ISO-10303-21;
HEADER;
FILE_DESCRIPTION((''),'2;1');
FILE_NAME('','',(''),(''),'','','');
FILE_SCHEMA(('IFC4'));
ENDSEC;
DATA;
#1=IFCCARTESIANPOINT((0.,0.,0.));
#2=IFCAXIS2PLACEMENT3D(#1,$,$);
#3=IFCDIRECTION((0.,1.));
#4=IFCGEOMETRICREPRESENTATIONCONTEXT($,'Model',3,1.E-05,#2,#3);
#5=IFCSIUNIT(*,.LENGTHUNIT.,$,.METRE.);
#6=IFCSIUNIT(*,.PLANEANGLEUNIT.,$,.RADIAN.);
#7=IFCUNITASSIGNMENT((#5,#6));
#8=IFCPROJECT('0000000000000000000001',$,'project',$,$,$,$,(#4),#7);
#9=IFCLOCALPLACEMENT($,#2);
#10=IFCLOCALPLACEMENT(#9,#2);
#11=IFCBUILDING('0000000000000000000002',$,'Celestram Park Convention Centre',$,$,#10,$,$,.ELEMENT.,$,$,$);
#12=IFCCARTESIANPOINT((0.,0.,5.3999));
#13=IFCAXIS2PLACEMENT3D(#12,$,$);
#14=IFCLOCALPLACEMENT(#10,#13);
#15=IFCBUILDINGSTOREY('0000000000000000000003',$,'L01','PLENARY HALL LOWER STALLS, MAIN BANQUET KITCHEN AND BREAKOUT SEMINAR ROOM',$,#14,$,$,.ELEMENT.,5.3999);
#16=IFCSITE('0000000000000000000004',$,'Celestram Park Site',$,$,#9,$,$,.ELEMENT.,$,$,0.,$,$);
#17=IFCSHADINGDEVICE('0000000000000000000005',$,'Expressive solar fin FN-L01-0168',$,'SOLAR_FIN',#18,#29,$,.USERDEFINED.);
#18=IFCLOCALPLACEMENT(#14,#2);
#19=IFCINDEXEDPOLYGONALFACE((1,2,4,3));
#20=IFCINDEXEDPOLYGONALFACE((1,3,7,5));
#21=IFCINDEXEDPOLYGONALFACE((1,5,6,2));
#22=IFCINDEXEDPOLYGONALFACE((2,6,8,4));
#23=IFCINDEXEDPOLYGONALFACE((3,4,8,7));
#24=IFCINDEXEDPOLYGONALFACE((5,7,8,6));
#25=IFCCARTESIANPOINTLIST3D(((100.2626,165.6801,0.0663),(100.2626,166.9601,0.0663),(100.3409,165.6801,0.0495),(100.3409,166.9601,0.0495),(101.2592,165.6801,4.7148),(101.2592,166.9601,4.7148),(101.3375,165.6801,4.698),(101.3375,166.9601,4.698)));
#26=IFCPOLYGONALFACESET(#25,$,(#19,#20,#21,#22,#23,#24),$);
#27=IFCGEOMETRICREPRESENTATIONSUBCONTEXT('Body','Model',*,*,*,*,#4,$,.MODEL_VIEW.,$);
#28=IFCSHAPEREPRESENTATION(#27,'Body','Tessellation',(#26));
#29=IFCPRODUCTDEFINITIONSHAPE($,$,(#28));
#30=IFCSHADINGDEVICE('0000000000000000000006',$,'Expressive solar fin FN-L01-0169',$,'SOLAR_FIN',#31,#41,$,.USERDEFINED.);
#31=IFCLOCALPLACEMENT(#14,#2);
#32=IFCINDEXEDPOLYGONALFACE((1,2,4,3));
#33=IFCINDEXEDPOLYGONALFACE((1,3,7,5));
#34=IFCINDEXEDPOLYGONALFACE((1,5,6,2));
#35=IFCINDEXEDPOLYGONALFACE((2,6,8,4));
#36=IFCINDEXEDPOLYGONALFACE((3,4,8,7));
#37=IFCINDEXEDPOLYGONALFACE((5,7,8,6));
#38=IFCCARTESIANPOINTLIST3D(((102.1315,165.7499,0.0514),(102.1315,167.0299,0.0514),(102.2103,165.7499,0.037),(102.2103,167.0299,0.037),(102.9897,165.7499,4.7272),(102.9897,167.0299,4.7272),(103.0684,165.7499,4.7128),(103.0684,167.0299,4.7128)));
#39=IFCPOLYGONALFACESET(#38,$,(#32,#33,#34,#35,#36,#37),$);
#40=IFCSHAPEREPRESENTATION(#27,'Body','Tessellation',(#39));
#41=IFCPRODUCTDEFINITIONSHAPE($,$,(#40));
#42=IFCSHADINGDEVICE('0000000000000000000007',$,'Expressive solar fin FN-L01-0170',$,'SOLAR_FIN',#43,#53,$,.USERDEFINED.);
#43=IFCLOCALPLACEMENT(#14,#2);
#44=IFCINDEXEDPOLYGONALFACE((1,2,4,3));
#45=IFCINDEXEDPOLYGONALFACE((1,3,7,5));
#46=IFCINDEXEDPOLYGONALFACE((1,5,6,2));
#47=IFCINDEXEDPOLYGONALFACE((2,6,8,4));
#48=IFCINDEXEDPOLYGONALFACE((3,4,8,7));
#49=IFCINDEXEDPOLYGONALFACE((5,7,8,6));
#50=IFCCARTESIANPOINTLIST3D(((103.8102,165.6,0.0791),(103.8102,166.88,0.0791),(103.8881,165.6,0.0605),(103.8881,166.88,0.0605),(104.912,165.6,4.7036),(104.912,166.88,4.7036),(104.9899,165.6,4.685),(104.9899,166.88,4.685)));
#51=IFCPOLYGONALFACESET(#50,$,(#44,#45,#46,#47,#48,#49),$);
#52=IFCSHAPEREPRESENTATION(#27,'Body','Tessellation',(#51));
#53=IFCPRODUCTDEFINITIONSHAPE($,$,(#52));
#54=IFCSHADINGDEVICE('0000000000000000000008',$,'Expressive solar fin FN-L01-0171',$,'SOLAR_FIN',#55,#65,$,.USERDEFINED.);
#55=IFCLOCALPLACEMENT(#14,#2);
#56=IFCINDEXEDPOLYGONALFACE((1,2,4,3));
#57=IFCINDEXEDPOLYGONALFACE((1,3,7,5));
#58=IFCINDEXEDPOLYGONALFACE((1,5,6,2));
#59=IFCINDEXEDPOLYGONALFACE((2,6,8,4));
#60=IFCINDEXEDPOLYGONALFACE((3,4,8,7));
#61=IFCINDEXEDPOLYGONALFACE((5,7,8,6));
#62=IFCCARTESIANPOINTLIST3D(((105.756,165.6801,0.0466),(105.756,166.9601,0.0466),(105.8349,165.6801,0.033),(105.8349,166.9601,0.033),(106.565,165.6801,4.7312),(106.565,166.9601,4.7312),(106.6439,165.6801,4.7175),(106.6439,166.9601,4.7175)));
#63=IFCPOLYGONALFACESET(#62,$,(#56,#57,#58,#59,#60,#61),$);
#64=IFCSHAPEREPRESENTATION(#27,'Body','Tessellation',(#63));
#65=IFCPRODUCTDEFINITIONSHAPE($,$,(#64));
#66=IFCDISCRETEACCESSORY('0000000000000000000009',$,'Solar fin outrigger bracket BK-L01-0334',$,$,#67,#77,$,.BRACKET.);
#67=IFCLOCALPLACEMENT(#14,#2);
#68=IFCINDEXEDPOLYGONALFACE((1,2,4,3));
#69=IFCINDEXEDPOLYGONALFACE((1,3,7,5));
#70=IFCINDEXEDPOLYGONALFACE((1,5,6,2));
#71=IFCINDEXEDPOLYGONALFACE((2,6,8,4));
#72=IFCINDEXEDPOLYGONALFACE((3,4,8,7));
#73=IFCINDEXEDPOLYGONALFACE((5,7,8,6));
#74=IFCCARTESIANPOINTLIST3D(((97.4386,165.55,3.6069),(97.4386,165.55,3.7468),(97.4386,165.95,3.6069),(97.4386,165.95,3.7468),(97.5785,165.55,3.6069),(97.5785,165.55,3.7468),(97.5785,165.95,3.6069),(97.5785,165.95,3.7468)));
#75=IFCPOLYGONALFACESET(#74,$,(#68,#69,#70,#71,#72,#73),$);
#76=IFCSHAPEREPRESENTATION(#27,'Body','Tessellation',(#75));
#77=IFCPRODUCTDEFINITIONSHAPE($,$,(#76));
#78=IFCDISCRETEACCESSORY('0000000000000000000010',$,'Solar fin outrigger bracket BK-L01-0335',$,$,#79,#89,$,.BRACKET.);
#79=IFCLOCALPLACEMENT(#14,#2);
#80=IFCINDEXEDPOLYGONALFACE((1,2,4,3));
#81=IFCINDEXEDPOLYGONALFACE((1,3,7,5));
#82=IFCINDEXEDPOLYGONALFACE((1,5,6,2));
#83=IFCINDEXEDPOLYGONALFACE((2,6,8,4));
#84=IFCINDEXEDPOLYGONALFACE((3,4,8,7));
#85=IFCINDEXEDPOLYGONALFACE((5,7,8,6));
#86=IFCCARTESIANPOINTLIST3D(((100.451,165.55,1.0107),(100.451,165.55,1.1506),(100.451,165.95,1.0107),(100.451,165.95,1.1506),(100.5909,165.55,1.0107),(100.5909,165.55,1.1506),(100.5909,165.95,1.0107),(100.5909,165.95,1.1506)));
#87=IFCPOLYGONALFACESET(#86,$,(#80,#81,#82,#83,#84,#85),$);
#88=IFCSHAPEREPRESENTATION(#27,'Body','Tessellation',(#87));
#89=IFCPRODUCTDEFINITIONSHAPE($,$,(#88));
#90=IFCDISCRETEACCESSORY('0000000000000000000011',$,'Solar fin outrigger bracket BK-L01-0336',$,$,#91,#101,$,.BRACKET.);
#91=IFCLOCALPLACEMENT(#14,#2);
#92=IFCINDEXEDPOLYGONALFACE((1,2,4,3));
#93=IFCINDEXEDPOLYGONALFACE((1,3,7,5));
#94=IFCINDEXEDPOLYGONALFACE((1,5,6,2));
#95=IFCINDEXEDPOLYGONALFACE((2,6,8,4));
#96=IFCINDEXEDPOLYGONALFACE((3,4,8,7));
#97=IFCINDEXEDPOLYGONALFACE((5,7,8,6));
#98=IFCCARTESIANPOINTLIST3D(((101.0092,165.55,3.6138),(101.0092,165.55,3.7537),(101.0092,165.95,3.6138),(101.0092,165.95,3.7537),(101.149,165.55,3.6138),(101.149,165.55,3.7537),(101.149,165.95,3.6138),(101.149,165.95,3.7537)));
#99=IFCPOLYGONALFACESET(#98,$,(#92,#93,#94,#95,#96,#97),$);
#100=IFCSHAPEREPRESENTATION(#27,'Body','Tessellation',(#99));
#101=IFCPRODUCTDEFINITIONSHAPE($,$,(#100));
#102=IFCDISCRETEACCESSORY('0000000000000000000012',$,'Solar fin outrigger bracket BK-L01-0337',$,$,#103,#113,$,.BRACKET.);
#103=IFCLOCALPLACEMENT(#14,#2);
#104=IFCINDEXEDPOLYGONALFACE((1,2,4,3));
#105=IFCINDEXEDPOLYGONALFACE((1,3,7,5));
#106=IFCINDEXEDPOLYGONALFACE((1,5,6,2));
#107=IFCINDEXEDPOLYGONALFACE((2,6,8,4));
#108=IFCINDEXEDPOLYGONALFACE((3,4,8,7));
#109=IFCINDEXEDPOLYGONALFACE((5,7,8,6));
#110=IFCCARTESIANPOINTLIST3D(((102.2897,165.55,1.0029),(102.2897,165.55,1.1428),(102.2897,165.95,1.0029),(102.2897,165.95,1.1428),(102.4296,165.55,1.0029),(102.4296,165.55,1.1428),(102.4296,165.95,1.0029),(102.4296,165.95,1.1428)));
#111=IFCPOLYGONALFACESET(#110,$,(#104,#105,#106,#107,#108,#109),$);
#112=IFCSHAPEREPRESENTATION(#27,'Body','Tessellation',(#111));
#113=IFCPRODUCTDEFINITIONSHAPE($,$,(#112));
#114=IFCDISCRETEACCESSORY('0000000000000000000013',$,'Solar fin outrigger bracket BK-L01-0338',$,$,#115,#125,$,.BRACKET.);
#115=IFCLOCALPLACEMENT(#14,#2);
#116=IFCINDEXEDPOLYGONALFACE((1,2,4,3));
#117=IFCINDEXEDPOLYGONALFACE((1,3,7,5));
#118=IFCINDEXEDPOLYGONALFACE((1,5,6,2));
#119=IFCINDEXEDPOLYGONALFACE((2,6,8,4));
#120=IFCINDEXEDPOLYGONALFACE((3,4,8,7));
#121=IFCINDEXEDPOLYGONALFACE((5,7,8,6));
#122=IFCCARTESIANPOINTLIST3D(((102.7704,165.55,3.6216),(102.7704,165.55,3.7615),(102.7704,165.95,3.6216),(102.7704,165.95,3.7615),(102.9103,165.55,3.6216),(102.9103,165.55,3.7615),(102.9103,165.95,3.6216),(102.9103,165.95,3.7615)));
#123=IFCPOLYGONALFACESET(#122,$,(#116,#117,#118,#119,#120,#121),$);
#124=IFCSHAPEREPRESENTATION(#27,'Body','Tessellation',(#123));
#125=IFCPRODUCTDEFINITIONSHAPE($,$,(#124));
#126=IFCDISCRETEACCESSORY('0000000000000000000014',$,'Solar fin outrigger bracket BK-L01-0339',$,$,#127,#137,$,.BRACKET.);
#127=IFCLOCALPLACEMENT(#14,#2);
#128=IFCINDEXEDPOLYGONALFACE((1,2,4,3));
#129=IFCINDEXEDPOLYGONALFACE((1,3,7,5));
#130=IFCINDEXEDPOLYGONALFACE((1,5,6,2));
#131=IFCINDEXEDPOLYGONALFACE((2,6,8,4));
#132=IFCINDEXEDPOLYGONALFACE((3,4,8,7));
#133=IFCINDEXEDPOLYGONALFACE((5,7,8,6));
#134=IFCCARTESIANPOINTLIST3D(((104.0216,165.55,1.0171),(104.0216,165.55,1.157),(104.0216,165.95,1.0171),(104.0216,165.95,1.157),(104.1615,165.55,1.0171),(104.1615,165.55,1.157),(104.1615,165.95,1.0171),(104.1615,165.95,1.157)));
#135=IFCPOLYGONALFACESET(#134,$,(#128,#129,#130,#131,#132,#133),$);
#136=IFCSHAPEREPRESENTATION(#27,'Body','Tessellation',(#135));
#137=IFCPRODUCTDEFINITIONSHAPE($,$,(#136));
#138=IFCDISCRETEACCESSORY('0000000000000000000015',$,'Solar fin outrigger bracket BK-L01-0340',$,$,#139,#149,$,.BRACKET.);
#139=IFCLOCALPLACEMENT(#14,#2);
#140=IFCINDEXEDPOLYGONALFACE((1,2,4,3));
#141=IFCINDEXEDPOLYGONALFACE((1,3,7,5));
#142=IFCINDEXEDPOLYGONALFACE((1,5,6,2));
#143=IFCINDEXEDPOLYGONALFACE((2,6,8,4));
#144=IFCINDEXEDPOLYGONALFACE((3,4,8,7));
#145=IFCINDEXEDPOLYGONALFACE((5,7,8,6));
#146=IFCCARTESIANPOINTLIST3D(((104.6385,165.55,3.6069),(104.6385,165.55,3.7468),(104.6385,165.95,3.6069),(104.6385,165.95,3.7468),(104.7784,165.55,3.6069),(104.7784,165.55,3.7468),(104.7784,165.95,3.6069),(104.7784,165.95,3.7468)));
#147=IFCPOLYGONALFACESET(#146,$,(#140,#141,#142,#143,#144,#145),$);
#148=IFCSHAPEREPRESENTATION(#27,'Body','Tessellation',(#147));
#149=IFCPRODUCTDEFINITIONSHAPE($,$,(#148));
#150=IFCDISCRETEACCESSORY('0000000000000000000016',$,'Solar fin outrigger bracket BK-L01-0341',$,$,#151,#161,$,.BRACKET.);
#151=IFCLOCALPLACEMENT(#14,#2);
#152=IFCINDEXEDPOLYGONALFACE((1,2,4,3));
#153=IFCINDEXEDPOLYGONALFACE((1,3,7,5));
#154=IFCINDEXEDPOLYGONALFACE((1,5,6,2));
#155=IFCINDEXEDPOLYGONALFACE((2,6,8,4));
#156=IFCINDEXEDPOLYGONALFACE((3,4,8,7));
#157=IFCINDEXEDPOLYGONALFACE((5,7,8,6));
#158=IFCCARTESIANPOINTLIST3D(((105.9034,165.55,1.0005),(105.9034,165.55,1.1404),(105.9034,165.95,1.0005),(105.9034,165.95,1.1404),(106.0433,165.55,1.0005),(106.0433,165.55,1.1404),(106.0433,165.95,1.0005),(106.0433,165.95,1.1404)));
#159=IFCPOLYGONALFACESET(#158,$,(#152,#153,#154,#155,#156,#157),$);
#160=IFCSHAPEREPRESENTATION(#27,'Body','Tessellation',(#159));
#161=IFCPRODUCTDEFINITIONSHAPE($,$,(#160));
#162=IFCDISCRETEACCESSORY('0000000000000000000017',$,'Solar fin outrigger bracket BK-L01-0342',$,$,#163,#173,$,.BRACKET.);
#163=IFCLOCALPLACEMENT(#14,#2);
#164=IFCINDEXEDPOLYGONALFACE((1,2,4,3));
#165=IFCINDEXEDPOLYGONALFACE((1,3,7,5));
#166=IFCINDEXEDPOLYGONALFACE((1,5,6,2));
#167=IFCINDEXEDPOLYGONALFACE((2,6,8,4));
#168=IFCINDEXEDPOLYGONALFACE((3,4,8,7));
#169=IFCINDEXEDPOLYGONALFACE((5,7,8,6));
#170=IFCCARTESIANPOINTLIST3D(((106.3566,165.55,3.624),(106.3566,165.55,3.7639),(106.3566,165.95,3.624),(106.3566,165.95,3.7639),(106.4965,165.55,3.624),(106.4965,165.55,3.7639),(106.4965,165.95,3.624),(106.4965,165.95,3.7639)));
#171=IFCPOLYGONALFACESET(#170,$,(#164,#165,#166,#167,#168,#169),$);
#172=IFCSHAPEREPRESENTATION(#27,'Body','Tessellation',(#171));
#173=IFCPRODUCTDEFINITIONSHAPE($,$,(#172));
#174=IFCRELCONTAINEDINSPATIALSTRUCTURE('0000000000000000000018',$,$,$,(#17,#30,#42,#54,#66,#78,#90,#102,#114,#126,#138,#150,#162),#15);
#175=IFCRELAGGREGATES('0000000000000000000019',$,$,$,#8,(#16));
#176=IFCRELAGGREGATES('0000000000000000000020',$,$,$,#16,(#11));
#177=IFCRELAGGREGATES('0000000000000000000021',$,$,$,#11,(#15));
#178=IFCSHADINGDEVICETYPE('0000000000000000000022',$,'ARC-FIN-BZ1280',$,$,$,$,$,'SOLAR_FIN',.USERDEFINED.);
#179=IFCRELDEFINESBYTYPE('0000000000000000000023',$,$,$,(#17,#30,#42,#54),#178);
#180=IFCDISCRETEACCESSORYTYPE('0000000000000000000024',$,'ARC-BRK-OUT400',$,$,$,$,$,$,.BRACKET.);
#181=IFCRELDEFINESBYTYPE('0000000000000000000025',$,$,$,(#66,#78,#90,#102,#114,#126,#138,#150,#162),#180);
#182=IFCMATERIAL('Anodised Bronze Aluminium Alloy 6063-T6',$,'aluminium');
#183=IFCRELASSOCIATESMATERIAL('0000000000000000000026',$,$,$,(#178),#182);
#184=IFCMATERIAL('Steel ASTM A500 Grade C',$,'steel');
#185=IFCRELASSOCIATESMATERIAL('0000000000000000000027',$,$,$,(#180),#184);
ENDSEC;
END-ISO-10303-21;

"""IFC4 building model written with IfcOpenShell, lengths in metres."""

from ifc_helpers import new_model, si_unit, direction, frame, origin, origin_2d, place, context, subcontext, project, spatial, rectangle, extrude, material, material_profile, profile_set, type_object, element, save


model = new_model("IFC4")

# Units and contexts
model_context = context("Model", 3, precision=1e-05, world=origin(), true_north=direction((0.0, 1.0)))
body_context = subcontext(model_context, "Body", "Model", "MODEL_VIEW")
ifc_project = project(units=[si_unit("LENGTHUNIT", "METRE"), si_unit("PLANEANGLEUNIT", "RADIAN")], contexts=[model_context])

# Site, building, storey
site_placement = place(None, origin())
site = spatial("IfcSite", under=ifc_project, at=site_placement, Name="Celestram Park Site", CompositionType="ELEMENT", RefElevation=0.0)
building_placement = place(site_placement, origin())
building = spatial("IfcBuilding", under=site, at=building_placement, Name="Celestram Park Convention Centre", CompositionType="ELEMENT")
storey_placement = place(building_placement, frame((0.0, 0.0, 5.3999)))
storey = spatial("IfcBuildingStorey", under=building, at=storey_placement, Name="L01", Description="PLENARY HALL LOWER STALLS, MAIN BANQUET KITCHEN AND BREAKOUT SEMINAR ROOM", CompositionType="ELEMENT", Elevation=5.3999)

# Shading devices
ifc_material_1 = material(Name="Anodised Bronze Aluminium Alloy 6063-T6", Category="aluminium")
ifc_material_profile_1 = material_profile(ifc_material_1, rectangle(XDim=1.28, YDim=0.0801, at=origin_2d()), Name="FIN1280X80")
ifc_profile_set_1 = profile_set([ifc_material_profile_1], Name="Anodised Bronze Aluminium Alloy 6063-T6")
shading_device_type = type_object("IfcShadingDeviceType", Name="ARC-FIN-BZ1280", ElementType="SOLAR_FIN", PredefinedType="USERDEFINED", material=ifc_profile_set_1)
shading_device_placement = place(storey_placement, frame((100.3018, 166.3201, 0.0579), z_axis=(0.209627, 0.0, 0.977781), x_axis=(0.0, 1.0, 0.0)))
element("IfcShadingDevice", 1, at=shading_device_placement, inside=storey, type_object=shading_device_type, Name="Expressive solar fin FN-L01-0168", ObjectType="SOLAR_FIN", PredefinedType="USERDEFINED", context=body_context, shape_type="SweptSolid", body=[
    extrude(rectangle(XDim=1.28, YDim=0.0801, at=origin_2d()), origin(), (0.0, 0.0, 1.0), 4.7542),
])
for number, where, z_axis, x_axis, name in (
    (2, (102.1709, 166.3899, 0.0442), (0.180517, 0.0, 0.983572), (0.0, 1.0, 0.0), "Expressive solar fin FN-L01-0169"),
    (3, (103.8491, 166.24, 0.0698), (0.231766, 0.0, 0.972771), (0.0, 1.0, 0.0), "Expressive solar fin FN-L01-0170"),
    (4, (105.7954, 166.3201, 0.0398), (0.170192, 0.0, 0.985411), (0.0, 1.0, 0.0), "Expressive solar fin FN-L01-0171"),
):
    element("IfcShadingDevice", number, at=place(storey_placement, frame(where, z_axis=z_axis, x_axis=x_axis)), inside=storey, type_object=shading_device_type, Name=name, ObjectType="SOLAR_FIN", PredefinedType="USERDEFINED", context=body_context, shape_type="SweptSolid", body=[
        extrude(rectangle(XDim=1.28, YDim=0.0801, at=origin_2d()), origin(), (0.0, 0.0, 1.0), 4.7539),
    ])

# Discrete accessories
ifc_material_2 = material(Name="Steel ASTM A500 Grade C", Category="steel")
discrete_accessory_type = type_object("IfcDiscreteAccessoryType", Name="ARC-BRK-OUT400", PredefinedType="BRACKET", material=ifc_material_2)
for number, where, z_axis, x_axis, name in (
    (5, (97.5085, 165.75, 3.6069), (0.0, 0.0, 1.0), (0.0, 1.0, 0.0), "Solar fin outrigger bracket BK-L01-0334"),
    (6, (100.521, 165.75, 1.0107), (0.0, 0.0, 1.0), (0.0, 1.0, 0.0), "Solar fin outrigger bracket BK-L01-0335"),
    (7, (101.0791, 165.75, 3.6138), (0.0, 0.0, 1.0), (0.0, 1.0, 0.0), "Solar fin outrigger bracket BK-L01-0336"),
    (8, (102.3596, 165.75, 1.0029), (0.0, 0.0, 1.0), (0.0, 1.0, 0.0), "Solar fin outrigger bracket BK-L01-0337"),
    (9, (102.8403, 165.75, 3.6216), (0.0, 0.0, 1.0), (0.0, 1.0, 0.0), "Solar fin outrigger bracket BK-L01-0338"),
    (10, (104.0916, 165.75, 1.0171), (0.0, 0.0, 1.0), (0.0, 1.0, 0.0), "Solar fin outrigger bracket BK-L01-0339"),
    (11, (104.7085, 165.75, 3.6069), (0.0, 0.0, 1.0), (0.0, 1.0, 0.0), "Solar fin outrigger bracket BK-L01-0340"),
    (12, (105.9734, 165.75, 1.0005), (0.0, 0.0, 1.0), (0.0, 1.0, 0.0), "Solar fin outrigger bracket BK-L01-0341"),
    (13, (106.4265, 165.75, 3.624), (0.0, 0.0, 1.0), (0.0, 1.0, 0.0), "Solar fin outrigger bracket BK-L01-0342"),
):
    element("IfcDiscreteAccessory", number, at=place(storey_placement, frame(where, z_axis=z_axis, x_axis=x_axis)), inside=storey, type_object=discrete_accessory_type, Name=name, PredefinedType="BRACKET", context=body_context, shape_type="SweptSolid", body=[
        extrude(rectangle(XDim=0.3999, YDim=0.1399, at=origin_2d()), origin(), (0.0, 0.0, 1.0), 0.1399),
    ])

save(model, "model.ifc")
